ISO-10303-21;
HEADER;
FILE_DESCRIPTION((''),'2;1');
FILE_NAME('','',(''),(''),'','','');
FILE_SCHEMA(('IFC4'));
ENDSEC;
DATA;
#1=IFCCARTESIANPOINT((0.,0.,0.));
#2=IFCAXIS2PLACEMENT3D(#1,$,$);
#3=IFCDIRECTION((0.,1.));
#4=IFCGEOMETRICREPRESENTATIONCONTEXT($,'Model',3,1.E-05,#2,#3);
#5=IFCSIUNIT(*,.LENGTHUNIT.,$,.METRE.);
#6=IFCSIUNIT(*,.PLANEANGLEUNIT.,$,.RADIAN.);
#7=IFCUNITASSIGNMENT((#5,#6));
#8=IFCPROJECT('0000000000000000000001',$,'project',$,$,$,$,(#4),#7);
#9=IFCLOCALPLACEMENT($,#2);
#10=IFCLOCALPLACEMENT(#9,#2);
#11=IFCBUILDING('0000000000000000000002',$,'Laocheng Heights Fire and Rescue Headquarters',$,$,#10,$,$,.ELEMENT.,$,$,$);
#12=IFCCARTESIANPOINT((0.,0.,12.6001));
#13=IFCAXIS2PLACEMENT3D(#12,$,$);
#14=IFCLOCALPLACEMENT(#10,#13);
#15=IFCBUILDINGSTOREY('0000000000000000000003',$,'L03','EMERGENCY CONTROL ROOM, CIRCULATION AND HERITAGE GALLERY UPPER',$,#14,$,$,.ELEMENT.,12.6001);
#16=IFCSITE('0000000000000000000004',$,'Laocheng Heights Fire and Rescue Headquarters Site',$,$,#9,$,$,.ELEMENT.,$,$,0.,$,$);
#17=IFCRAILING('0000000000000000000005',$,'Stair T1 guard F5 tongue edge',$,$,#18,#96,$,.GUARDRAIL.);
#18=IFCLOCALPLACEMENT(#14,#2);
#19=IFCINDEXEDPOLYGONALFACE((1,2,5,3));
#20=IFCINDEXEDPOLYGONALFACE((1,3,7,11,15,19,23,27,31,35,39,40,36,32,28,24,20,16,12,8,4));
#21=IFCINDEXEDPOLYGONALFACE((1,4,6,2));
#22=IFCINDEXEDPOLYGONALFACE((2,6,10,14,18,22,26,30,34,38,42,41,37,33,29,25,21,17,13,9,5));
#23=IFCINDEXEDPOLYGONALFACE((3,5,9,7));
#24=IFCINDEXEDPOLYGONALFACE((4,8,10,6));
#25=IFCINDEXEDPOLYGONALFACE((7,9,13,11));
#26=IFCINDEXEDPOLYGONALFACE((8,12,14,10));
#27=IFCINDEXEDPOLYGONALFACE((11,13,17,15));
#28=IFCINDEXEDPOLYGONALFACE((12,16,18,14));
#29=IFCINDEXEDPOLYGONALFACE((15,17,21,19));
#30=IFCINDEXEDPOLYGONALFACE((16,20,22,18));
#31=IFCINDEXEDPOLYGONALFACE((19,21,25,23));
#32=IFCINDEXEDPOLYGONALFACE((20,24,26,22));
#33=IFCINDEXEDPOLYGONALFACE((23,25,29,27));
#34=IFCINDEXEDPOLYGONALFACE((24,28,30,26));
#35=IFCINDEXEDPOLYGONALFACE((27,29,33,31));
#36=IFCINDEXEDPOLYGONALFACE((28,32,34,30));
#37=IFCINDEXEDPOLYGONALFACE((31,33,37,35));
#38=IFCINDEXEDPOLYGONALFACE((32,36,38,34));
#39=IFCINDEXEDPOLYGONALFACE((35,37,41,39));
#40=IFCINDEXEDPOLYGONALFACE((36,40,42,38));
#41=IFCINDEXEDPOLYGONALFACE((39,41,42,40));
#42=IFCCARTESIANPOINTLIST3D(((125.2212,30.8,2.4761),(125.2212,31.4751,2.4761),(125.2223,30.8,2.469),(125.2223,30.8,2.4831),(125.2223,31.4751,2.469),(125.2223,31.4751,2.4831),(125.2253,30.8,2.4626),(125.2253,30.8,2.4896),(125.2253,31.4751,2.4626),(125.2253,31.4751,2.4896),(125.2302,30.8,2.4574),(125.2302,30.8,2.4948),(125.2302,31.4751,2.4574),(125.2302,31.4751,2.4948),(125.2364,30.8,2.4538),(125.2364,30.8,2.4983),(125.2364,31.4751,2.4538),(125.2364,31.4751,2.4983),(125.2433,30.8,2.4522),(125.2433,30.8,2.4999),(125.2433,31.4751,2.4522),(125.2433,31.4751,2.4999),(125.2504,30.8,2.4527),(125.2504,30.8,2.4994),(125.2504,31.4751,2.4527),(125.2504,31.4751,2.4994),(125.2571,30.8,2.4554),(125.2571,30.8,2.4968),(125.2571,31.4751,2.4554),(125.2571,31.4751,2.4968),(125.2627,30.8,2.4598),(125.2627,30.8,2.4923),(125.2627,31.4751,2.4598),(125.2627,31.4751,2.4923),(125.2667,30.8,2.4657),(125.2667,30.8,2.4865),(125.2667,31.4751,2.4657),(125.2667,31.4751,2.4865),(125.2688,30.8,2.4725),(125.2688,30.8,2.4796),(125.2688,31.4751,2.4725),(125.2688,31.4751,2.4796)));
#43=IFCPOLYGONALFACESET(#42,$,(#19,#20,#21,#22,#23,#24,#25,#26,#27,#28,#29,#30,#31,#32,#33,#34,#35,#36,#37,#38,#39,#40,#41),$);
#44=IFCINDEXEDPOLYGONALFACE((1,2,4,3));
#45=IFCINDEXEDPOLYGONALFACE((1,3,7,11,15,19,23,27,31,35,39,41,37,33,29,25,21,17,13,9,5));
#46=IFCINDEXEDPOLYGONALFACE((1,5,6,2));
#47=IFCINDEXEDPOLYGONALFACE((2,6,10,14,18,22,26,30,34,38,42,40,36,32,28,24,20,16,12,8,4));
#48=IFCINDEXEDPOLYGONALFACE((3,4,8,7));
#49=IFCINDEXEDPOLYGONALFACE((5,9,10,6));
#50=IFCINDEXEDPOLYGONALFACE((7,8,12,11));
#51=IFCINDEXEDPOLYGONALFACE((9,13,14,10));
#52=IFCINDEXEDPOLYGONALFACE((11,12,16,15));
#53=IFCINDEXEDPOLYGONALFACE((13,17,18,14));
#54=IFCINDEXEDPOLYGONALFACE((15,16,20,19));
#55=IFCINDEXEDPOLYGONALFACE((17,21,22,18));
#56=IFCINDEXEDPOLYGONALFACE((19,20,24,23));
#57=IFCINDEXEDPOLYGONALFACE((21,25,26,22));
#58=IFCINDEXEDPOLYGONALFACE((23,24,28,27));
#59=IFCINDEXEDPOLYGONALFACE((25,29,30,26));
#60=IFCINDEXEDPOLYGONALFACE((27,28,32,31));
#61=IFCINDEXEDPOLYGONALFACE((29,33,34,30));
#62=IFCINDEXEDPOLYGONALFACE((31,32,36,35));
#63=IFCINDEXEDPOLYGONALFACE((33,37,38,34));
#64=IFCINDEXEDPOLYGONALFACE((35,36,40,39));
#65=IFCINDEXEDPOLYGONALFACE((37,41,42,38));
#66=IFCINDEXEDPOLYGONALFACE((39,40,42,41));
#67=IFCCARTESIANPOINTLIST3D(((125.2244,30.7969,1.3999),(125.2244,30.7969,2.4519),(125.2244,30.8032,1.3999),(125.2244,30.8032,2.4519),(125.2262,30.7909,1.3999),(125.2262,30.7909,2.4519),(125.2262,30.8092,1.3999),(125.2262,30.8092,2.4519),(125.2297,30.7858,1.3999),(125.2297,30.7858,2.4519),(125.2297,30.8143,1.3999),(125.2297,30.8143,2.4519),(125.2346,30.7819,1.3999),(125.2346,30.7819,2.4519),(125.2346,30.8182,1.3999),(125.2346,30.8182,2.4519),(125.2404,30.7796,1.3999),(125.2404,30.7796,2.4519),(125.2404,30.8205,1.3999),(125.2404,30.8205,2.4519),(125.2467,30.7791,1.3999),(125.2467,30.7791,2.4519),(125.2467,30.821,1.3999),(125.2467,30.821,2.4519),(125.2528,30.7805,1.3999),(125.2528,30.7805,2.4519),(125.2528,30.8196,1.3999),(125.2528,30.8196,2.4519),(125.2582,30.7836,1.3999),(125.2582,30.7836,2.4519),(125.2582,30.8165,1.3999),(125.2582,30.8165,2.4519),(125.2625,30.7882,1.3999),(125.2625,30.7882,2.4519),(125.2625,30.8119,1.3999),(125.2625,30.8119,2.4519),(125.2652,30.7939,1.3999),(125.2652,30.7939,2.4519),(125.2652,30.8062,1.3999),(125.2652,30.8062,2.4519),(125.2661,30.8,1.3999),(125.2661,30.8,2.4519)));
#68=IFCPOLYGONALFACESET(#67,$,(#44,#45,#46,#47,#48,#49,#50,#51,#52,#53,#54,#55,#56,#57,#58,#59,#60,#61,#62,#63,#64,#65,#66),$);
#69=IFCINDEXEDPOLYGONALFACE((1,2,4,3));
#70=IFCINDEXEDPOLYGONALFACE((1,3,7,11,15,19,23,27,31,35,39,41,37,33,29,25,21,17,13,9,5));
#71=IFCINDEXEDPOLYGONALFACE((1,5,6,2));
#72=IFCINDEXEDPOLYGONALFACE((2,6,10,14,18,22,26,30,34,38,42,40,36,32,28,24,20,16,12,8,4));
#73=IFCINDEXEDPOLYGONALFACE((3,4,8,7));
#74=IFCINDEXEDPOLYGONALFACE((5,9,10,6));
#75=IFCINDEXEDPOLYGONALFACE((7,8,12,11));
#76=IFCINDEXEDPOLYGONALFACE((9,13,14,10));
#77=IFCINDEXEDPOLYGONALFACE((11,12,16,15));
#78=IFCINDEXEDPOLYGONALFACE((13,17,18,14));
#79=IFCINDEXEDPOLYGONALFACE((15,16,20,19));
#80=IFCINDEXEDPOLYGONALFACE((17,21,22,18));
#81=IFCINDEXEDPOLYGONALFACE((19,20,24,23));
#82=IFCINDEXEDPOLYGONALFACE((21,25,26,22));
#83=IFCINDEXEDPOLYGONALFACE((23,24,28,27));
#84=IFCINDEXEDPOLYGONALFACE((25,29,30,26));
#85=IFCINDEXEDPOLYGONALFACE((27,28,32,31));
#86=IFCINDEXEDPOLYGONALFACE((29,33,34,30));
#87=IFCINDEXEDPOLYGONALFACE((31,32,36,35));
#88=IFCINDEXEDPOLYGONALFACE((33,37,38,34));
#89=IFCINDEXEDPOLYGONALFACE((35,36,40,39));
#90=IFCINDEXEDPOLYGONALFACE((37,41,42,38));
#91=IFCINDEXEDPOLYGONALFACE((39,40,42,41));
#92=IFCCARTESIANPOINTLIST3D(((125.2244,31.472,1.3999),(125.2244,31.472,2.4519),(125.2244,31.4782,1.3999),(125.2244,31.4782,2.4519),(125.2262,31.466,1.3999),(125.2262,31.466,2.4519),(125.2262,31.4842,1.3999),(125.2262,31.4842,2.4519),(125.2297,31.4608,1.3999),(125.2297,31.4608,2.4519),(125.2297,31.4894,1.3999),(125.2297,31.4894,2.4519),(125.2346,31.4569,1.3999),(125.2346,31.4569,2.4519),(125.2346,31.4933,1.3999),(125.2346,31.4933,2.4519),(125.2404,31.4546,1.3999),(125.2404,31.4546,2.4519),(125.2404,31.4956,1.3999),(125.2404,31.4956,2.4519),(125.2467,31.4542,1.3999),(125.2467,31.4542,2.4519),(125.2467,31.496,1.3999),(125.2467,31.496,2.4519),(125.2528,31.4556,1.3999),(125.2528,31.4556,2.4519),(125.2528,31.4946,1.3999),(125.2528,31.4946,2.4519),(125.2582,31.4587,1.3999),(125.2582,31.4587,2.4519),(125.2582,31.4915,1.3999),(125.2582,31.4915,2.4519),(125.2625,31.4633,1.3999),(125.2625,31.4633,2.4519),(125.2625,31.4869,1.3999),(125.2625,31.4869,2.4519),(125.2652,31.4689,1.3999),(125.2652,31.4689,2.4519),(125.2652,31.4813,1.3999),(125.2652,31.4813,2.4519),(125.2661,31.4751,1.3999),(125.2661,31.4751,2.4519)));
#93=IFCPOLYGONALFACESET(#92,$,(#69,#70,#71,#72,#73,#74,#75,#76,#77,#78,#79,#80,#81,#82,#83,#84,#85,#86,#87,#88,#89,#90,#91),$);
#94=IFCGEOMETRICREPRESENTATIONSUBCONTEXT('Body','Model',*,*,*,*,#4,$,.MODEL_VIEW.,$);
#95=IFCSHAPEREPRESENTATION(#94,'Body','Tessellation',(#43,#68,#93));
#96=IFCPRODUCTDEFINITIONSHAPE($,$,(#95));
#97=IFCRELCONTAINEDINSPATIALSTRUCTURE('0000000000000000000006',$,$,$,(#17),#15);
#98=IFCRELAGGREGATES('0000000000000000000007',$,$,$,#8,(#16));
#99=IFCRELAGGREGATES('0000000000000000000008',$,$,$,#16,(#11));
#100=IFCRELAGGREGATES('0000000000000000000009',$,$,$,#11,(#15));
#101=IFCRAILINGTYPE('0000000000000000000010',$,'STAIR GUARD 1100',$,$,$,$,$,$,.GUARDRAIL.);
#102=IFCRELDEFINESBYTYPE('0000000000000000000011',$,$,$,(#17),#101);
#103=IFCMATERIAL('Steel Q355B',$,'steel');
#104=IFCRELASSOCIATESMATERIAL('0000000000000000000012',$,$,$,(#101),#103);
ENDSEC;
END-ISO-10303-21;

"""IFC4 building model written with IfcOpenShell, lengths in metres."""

from ifc_helpers import new_model, si_unit, direction, frame, origin, origin_2d, place, context, subcontext, project, spatial, circle, extrude, material, type_object, element, save


model = new_model("IFC4")

# Units and contexts
model_context = context("Model", 3, precision=1e-05, world=origin(), true_north=direction((0.0, 1.0)))
body_context = subcontext(model_context, "Body", "Model", "MODEL_VIEW")
ifc_project = project(units=[si_unit("LENGTHUNIT", "METRE"), si_unit("PLANEANGLEUNIT", "RADIAN")], contexts=[model_context])

# Site, building, storey
site_placement = place(None, origin())
site = spatial("IfcSite", under=ifc_project, at=site_placement, Name="Laocheng Heights Fire and Rescue Headquarters Site", CompositionType="ELEMENT", RefElevation=0.0)
building_placement = place(site_placement, origin())
building = spatial("IfcBuilding", under=site, at=building_placement, Name="Laocheng Heights Fire and Rescue Headquarters", CompositionType="ELEMENT")
storey_placement = place(building_placement, frame((0.0, 0.0, 12.6001)))
storey = spatial("IfcBuildingStorey", under=building, at=storey_placement, Name="L03", Description="EMERGENCY CONTROL ROOM, CIRCULATION AND HERITAGE GALLERY UPPER", CompositionType="ELEMENT", Elevation=12.6001)

# Railing
ifc_material_1 = material(Name="Steel Q355B", Category="steel")
railing_type_1 = type_object("IfcRailingType", Name="STAIR GUARD 1100", PredefinedType="GUARDRAIL", material=ifc_material_1)
railing_1_placement = place(storey_placement, frame((125.2451, 30.8, 1.3999)))
element("IfcRailing", 1, at=railing_1_placement, inside=storey, type_object=railing_type_1, Name="Stair T1 guard F5 tongue edge", PredefinedType="GUARDRAIL", context=body_context, shape_type="SweptSolid", body=[
    extrude(circle(Radius=0.0239, at=origin_2d()), frame((0.0, 0.0, 1.0762), z_axis=(0.0, 1.0, 0.0), x_axis=(-1.0, 0.0, 0.0)), (0.0, 0.0, 1.0), 0.675),
    extrude(circle(Radius=0.021, at=origin_2d()), origin(), (0.0, 0.0, 1.0), 1.052),
    extrude(circle(Radius=0.021, at=origin_2d()), frame((0.0, 0.675, 0.0)), (0.0, 0.0, 1.0), 1.052),
])

save(model, "model.ifc")
